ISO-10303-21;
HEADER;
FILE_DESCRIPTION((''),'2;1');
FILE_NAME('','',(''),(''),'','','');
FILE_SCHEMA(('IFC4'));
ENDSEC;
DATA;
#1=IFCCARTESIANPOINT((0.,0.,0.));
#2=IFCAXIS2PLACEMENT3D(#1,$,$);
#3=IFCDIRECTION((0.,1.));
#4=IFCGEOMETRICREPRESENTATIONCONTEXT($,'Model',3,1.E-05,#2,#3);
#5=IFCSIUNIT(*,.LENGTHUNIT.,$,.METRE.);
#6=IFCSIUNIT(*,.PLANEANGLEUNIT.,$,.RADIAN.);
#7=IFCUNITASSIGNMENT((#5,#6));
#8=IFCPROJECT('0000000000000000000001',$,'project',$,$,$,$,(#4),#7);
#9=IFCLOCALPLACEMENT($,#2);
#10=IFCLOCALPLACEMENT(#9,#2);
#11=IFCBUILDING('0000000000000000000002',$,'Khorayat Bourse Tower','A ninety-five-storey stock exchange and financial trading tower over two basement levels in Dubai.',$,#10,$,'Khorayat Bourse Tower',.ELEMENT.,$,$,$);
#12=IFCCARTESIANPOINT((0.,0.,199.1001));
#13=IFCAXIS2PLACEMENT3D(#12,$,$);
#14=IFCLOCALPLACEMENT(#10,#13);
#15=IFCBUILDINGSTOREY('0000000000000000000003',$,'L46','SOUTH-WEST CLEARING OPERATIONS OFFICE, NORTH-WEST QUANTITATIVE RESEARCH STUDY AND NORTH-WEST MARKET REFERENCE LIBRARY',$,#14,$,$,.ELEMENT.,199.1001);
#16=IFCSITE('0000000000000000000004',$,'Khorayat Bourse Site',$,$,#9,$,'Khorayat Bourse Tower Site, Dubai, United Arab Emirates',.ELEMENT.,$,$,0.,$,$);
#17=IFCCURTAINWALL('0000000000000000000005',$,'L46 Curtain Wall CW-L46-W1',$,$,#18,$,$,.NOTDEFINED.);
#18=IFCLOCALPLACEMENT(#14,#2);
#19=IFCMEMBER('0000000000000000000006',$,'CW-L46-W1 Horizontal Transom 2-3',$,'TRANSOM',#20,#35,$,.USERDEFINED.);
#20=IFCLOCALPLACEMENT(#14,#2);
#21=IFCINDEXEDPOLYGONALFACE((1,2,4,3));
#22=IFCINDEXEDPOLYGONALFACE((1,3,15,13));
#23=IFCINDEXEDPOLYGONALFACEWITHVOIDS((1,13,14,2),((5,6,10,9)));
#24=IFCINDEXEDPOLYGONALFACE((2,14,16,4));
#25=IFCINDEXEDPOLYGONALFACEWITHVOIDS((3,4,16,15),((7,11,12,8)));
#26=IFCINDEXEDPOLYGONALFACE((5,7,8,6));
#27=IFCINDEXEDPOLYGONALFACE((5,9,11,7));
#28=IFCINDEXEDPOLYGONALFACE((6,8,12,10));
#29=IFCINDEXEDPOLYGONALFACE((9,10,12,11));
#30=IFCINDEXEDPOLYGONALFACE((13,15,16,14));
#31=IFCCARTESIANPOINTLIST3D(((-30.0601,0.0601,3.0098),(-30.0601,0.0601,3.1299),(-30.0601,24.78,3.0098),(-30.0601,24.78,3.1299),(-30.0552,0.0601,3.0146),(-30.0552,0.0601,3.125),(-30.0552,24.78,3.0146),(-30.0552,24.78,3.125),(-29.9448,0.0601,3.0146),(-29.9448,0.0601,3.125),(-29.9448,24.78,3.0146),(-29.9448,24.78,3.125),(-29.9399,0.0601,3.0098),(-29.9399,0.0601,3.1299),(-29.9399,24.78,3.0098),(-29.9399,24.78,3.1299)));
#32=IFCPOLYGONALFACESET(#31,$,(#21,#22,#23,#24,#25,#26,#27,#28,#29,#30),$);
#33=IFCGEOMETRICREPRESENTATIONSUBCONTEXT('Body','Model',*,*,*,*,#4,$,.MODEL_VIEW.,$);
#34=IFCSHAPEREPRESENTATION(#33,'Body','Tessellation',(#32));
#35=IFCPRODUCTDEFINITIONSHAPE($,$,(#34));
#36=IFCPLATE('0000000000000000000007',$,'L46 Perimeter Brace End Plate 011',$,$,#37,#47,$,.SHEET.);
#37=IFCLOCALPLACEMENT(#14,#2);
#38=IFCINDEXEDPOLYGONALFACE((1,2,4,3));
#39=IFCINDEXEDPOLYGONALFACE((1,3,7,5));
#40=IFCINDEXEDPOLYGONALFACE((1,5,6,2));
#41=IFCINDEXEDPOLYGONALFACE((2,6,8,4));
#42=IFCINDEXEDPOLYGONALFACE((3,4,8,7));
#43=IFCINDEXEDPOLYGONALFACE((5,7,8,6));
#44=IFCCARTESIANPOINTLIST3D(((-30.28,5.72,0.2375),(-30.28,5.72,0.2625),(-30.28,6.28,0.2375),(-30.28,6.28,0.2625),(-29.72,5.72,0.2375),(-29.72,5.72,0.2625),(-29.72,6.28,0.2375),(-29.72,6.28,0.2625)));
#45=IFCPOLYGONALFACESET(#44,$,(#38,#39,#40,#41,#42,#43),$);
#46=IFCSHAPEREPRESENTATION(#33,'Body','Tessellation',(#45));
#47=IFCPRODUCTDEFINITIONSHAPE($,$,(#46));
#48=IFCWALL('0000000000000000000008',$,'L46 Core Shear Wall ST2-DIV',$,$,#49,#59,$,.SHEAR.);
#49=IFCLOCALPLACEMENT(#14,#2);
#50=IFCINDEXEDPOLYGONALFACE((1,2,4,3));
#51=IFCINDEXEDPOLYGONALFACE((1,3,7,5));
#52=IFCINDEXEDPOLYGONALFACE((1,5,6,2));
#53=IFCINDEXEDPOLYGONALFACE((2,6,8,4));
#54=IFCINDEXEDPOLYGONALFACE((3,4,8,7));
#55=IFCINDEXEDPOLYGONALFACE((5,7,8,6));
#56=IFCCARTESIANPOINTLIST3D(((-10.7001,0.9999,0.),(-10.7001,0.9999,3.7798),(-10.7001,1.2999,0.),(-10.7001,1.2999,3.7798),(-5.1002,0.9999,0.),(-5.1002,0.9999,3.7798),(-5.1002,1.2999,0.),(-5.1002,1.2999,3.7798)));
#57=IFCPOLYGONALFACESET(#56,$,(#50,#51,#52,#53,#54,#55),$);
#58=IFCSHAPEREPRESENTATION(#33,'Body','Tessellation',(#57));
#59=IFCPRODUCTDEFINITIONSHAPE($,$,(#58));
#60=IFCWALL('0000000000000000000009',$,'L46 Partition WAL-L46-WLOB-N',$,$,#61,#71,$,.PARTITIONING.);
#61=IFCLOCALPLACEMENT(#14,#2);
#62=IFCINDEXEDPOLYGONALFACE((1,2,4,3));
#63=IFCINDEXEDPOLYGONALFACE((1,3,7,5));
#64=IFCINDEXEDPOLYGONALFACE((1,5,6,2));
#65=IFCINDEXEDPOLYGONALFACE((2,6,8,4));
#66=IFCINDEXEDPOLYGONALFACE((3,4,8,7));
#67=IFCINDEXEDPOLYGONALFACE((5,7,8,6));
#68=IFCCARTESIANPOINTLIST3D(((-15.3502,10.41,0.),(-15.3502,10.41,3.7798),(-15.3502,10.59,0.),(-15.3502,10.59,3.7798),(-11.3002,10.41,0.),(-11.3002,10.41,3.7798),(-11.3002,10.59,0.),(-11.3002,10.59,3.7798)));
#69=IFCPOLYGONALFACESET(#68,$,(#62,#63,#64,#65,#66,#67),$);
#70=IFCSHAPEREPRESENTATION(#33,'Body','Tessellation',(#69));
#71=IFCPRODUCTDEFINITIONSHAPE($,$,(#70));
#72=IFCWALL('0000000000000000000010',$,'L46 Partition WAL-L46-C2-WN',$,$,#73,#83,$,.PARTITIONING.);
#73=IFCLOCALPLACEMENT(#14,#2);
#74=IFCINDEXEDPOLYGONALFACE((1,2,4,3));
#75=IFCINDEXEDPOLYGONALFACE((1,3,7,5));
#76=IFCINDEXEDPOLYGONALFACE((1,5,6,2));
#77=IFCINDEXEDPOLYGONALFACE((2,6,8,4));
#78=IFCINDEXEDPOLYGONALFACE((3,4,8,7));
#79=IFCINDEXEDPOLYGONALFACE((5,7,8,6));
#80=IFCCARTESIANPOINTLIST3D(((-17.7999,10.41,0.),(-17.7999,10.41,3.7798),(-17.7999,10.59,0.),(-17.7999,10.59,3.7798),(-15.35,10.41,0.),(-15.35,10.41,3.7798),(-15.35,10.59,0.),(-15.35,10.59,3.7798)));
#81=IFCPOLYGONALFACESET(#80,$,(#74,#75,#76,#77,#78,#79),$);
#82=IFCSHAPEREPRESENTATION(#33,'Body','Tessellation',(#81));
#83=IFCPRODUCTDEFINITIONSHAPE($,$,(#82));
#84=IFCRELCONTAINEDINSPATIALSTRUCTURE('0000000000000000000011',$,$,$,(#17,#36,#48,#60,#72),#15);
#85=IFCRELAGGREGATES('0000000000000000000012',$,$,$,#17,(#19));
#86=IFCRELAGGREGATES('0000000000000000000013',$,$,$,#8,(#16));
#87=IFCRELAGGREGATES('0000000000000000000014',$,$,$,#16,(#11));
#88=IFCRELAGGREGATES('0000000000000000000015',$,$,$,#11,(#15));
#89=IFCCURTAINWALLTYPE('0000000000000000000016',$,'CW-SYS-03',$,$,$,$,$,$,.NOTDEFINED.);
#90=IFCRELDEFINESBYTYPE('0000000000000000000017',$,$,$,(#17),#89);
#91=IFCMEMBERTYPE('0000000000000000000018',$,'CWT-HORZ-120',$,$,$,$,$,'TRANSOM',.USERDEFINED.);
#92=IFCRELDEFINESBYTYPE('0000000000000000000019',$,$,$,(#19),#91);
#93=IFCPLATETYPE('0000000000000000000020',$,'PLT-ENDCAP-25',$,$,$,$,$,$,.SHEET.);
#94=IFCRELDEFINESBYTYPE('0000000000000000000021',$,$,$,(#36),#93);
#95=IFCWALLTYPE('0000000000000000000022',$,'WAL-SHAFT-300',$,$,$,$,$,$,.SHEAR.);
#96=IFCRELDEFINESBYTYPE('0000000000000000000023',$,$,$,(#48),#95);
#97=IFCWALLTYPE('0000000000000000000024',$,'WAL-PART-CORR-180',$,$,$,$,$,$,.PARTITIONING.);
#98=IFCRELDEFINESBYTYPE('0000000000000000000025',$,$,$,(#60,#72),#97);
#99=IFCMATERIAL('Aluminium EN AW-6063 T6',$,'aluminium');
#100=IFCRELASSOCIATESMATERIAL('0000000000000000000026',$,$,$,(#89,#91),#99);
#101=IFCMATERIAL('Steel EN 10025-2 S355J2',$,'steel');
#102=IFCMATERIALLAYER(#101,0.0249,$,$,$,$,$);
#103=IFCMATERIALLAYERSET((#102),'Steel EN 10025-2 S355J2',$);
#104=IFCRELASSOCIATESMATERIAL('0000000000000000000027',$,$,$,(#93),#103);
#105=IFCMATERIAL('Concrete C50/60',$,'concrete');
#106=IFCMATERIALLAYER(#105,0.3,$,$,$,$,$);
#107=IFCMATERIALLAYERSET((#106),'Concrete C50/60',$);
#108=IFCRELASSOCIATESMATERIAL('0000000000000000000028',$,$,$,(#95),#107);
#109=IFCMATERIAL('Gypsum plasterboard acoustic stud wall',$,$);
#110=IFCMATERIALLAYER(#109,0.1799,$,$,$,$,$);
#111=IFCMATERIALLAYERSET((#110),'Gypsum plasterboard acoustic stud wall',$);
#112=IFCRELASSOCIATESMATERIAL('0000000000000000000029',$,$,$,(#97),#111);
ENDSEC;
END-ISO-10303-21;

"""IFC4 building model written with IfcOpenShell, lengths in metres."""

from ifc_helpers import new_model, si_unit, direction, frame, frame_2d, origin, origin_2d, place, context, subcontext, project, spatial, rectangle, hollow_rectangle, extrude, source, transform, mapped, material, layer, layer_set, material_profile, profile_set, type_object, element, aggregate, save


model = new_model("IFC4")

# Units and contexts
model_context = context("Model", 3, precision=1e-05, world=origin(), true_north=direction((0.0, 1.0)))
body_context = subcontext(model_context, "Body", "Model", "MODEL_VIEW")
ifc_project = project(units=[si_unit("LENGTHUNIT", "METRE"), si_unit("PLANEANGLEUNIT", "RADIAN")], contexts=[model_context])

# Site, building, storey
site_placement = place(None, origin())
site = spatial("IfcSite", under=ifc_project, at=site_placement, Name="Khorayat Bourse Site", LongName="Khorayat Bourse Tower Site, Dubai, United Arab Emirates", CompositionType="ELEMENT", RefElevation=0.0)
building_placement = place(site_placement, origin())
building = spatial("IfcBuilding", under=site, at=building_placement, Name="Khorayat Bourse Tower", Description="A ninety-five-storey stock exchange and financial trading tower over two basement levels in Dubai.", LongName="Khorayat Bourse Tower", CompositionType="ELEMENT")
storey_placement = place(building_placement, frame((0.0, 0.0, 199.1001)))
storey = spatial("IfcBuildingStorey", under=building, at=storey_placement, Name="L46", Description="SOUTH-WEST CLEARING OPERATIONS OFFICE, NORTH-WEST QUANTITATIVE RESEARCH STUDY AND NORTH-WEST MARKET REFERENCE LIBRARY", CompositionType="ELEMENT", Elevation=199.1001)

# Curtain wall, member
ifc_material_1 = material(Name="Aluminium EN AW-6063 T6", Category="aluminium")
curtain_wall_type = type_object("IfcCurtainWallType", Name="CW-SYS-03", PredefinedType="NOTDEFINED", material=ifc_material_1)
curtain_wall_placement = place(storey_placement, origin())
curtain_wall = element("IfcCurtainWall", 1, at=curtain_wall_placement, inside=storey, type_object=curtain_wall_type, Name="L46 Curtain Wall CW-L46-W1", PredefinedType="NOTDEFINED")
ifc_material_profile_1 = material_profile(ifc_material_1, hollow_rectangle(XDim=0.1201, YDim=0.1201, WallThickness=0.0049, at=origin_2d()), Name="ALU 120x120x5")
ifc_profile_set_1 = profile_set([ifc_material_profile_1], Name="Aluminium EN AW-6063 T6")
member_type_1 = type_object("IfcMemberType", Name="CWT-HORZ-120", ElementType="TRANSOM", PredefinedType="USERDEFINED", material=ifc_profile_set_1)
shared_shape_1 = source(origin(), body_context, "Body", "SweptSolid", [
    extrude(hollow_rectangle(XDim=0.1201, YDim=0.1201, WallThickness=0.0049, at=origin_2d()), origin(), (0.0, 0.0, 1.0), 24.72),
])
member_1_placement = place(storey_placement, frame((-30.0, 0.0601, 3.0698), z_axis=(0.0, 1.0, 0.0), x_axis=(-1.0, 0.0, 0.0)))
member_1 = element("IfcMember", 2, at=member_1_placement, type_object=member_type_1, Name="CW-L46-W1 Horizontal Transom 2-3", ObjectType="TRANSOM", PredefinedType="USERDEFINED", context=body_context, shape_type="MappedRepresentation", body=[
    mapped(shared_shape_1, transform((0.0, 0.0, 0.0), scale=1.0)),
])
aggregate(curtain_wall, [member_1])

# Plate
ifc_material_2 = material(Name="Steel EN 10025-2 S355J2", Category="steel")
ifc_layer_1 = layer(ifc_material_2, 0.0249)
ifc_layer_set_1 = layer_set([ifc_layer_1], Name="Steel EN 10025-2 S355J2")
plate_type = type_object("IfcPlateType", Name="PLT-ENDCAP-25", PredefinedType="SHEET", material=ifc_layer_set_1)
shared_shape_2 = source(origin(), body_context, "Body", "SweptSolid", [
    extrude(rectangle(XDim=0.5601, YDim=0.5601, at=origin_2d()), origin(), (0.0, 0.0, 1.0), 0.0249),
])
plate_placement = place(storey_placement, frame((-30.0, 6.0, 0.2375), z_axis=(0.0, 0.0, 1.0), x_axis=(1.0, 0.0, 0.0)))
element("IfcPlate", 3, at=plate_placement, inside=storey, type_object=plate_type, Name="L46 Perimeter Brace End Plate 011", PredefinedType="SHEET", context=body_context, shape_type="MappedRepresentation", body=[
    mapped(shared_shape_2, transform((0.0, 0.0, 0.0), scale=1.0)),
])

# Walls
ifc_material_3 = material(Name="Concrete C50/60", Category="concrete")
ifc_layer_2 = layer(ifc_material_3, 0.3)
ifc_layer_set_2 = layer_set([ifc_layer_2], Name="Concrete C50/60")
wall_type_1 = type_object("IfcWallType", Name="WAL-SHAFT-300", PredefinedType="SHEAR", material=ifc_layer_set_2)
shared_shape_3 = source(origin(), body_context, "Body", "SweptSolid", [
    extrude(rectangle(XDim=5.5999, YDim=0.3, at=frame_2d((2.7998, 0.0))), origin(), (0.0, 0.0, 1.0), 3.7798),
])
wall_1_placement = place(storey_placement, frame((-10.7, 1.1499, 0.0), z_axis=(0.0, 0.0, 1.0), x_axis=(1.0, 0.0, 0.0)))
element("IfcWall", 4, at=wall_1_placement, inside=storey, type_object=wall_type_1, Name="L46 Core Shear Wall ST2-DIV", PredefinedType="SHEAR", context=body_context, shape_type="MappedRepresentation", body=[
    mapped(shared_shape_3, transform((0.0, 0.0, 0.0), scale=1.0)),
])
ifc_material_4 = material(Name="Gypsum plasterboard acoustic stud wall")
ifc_layer_3 = layer(ifc_material_4, 0.1799)
ifc_layer_set_3 = layer_set([ifc_layer_3], Name="Gypsum plasterboard acoustic stud wall")
wall_type_2 = type_object("IfcWallType", Name="WAL-PART-CORR-180", PredefinedType="PARTITIONING", material=ifc_layer_set_3)
shared_shape_4 = source(origin(), body_context, "Body", "SweptSolid", [
    extrude(rectangle(XDim=4.05, YDim=0.1799, at=frame_2d((2.0249, 0.0))), origin(), (0.0, 0.0, 1.0), 3.7798),
])
wall_2_placement = place(storey_placement, frame((-15.3501, 10.5, 0.0), z_axis=(0.0, 0.0, 1.0), x_axis=(1.0, 0.0, 0.0)))
element("IfcWall", 5, at=wall_2_placement, inside=storey, type_object=wall_type_2, Name="L46 Partition WAL-L46-WLOB-N", PredefinedType="PARTITIONING", context=body_context, shape_type="MappedRepresentation", body=[
    mapped(shared_shape_4, transform((0.0, 0.0, 0.0), scale=1.0)),
])
shared_shape_5 = source(origin(), body_context, "Body", "SweptSolid", [
    extrude(rectangle(XDim=2.45, YDim=0.1799, at=frame_2d((1.2251, 0.0))), origin(), (0.0, 0.0, 1.0), 3.7798),
])
wall_3_placement = place(storey_placement, frame((-17.8, 10.5, 0.0), z_axis=(0.0, 0.0, 1.0), x_axis=(1.0, 0.0, 0.0)))
element("IfcWall", 6, at=wall_3_placement, inside=storey, type_object=wall_type_2, Name="L46 Partition WAL-L46-C2-WN", PredefinedType="PARTITIONING", context=body_context, shape_type="MappedRepresentation", body=[
    mapped(shared_shape_5, transform((0.0, 0.0, 0.0), scale=1.0)),
])

save(model, "model.ifc")
